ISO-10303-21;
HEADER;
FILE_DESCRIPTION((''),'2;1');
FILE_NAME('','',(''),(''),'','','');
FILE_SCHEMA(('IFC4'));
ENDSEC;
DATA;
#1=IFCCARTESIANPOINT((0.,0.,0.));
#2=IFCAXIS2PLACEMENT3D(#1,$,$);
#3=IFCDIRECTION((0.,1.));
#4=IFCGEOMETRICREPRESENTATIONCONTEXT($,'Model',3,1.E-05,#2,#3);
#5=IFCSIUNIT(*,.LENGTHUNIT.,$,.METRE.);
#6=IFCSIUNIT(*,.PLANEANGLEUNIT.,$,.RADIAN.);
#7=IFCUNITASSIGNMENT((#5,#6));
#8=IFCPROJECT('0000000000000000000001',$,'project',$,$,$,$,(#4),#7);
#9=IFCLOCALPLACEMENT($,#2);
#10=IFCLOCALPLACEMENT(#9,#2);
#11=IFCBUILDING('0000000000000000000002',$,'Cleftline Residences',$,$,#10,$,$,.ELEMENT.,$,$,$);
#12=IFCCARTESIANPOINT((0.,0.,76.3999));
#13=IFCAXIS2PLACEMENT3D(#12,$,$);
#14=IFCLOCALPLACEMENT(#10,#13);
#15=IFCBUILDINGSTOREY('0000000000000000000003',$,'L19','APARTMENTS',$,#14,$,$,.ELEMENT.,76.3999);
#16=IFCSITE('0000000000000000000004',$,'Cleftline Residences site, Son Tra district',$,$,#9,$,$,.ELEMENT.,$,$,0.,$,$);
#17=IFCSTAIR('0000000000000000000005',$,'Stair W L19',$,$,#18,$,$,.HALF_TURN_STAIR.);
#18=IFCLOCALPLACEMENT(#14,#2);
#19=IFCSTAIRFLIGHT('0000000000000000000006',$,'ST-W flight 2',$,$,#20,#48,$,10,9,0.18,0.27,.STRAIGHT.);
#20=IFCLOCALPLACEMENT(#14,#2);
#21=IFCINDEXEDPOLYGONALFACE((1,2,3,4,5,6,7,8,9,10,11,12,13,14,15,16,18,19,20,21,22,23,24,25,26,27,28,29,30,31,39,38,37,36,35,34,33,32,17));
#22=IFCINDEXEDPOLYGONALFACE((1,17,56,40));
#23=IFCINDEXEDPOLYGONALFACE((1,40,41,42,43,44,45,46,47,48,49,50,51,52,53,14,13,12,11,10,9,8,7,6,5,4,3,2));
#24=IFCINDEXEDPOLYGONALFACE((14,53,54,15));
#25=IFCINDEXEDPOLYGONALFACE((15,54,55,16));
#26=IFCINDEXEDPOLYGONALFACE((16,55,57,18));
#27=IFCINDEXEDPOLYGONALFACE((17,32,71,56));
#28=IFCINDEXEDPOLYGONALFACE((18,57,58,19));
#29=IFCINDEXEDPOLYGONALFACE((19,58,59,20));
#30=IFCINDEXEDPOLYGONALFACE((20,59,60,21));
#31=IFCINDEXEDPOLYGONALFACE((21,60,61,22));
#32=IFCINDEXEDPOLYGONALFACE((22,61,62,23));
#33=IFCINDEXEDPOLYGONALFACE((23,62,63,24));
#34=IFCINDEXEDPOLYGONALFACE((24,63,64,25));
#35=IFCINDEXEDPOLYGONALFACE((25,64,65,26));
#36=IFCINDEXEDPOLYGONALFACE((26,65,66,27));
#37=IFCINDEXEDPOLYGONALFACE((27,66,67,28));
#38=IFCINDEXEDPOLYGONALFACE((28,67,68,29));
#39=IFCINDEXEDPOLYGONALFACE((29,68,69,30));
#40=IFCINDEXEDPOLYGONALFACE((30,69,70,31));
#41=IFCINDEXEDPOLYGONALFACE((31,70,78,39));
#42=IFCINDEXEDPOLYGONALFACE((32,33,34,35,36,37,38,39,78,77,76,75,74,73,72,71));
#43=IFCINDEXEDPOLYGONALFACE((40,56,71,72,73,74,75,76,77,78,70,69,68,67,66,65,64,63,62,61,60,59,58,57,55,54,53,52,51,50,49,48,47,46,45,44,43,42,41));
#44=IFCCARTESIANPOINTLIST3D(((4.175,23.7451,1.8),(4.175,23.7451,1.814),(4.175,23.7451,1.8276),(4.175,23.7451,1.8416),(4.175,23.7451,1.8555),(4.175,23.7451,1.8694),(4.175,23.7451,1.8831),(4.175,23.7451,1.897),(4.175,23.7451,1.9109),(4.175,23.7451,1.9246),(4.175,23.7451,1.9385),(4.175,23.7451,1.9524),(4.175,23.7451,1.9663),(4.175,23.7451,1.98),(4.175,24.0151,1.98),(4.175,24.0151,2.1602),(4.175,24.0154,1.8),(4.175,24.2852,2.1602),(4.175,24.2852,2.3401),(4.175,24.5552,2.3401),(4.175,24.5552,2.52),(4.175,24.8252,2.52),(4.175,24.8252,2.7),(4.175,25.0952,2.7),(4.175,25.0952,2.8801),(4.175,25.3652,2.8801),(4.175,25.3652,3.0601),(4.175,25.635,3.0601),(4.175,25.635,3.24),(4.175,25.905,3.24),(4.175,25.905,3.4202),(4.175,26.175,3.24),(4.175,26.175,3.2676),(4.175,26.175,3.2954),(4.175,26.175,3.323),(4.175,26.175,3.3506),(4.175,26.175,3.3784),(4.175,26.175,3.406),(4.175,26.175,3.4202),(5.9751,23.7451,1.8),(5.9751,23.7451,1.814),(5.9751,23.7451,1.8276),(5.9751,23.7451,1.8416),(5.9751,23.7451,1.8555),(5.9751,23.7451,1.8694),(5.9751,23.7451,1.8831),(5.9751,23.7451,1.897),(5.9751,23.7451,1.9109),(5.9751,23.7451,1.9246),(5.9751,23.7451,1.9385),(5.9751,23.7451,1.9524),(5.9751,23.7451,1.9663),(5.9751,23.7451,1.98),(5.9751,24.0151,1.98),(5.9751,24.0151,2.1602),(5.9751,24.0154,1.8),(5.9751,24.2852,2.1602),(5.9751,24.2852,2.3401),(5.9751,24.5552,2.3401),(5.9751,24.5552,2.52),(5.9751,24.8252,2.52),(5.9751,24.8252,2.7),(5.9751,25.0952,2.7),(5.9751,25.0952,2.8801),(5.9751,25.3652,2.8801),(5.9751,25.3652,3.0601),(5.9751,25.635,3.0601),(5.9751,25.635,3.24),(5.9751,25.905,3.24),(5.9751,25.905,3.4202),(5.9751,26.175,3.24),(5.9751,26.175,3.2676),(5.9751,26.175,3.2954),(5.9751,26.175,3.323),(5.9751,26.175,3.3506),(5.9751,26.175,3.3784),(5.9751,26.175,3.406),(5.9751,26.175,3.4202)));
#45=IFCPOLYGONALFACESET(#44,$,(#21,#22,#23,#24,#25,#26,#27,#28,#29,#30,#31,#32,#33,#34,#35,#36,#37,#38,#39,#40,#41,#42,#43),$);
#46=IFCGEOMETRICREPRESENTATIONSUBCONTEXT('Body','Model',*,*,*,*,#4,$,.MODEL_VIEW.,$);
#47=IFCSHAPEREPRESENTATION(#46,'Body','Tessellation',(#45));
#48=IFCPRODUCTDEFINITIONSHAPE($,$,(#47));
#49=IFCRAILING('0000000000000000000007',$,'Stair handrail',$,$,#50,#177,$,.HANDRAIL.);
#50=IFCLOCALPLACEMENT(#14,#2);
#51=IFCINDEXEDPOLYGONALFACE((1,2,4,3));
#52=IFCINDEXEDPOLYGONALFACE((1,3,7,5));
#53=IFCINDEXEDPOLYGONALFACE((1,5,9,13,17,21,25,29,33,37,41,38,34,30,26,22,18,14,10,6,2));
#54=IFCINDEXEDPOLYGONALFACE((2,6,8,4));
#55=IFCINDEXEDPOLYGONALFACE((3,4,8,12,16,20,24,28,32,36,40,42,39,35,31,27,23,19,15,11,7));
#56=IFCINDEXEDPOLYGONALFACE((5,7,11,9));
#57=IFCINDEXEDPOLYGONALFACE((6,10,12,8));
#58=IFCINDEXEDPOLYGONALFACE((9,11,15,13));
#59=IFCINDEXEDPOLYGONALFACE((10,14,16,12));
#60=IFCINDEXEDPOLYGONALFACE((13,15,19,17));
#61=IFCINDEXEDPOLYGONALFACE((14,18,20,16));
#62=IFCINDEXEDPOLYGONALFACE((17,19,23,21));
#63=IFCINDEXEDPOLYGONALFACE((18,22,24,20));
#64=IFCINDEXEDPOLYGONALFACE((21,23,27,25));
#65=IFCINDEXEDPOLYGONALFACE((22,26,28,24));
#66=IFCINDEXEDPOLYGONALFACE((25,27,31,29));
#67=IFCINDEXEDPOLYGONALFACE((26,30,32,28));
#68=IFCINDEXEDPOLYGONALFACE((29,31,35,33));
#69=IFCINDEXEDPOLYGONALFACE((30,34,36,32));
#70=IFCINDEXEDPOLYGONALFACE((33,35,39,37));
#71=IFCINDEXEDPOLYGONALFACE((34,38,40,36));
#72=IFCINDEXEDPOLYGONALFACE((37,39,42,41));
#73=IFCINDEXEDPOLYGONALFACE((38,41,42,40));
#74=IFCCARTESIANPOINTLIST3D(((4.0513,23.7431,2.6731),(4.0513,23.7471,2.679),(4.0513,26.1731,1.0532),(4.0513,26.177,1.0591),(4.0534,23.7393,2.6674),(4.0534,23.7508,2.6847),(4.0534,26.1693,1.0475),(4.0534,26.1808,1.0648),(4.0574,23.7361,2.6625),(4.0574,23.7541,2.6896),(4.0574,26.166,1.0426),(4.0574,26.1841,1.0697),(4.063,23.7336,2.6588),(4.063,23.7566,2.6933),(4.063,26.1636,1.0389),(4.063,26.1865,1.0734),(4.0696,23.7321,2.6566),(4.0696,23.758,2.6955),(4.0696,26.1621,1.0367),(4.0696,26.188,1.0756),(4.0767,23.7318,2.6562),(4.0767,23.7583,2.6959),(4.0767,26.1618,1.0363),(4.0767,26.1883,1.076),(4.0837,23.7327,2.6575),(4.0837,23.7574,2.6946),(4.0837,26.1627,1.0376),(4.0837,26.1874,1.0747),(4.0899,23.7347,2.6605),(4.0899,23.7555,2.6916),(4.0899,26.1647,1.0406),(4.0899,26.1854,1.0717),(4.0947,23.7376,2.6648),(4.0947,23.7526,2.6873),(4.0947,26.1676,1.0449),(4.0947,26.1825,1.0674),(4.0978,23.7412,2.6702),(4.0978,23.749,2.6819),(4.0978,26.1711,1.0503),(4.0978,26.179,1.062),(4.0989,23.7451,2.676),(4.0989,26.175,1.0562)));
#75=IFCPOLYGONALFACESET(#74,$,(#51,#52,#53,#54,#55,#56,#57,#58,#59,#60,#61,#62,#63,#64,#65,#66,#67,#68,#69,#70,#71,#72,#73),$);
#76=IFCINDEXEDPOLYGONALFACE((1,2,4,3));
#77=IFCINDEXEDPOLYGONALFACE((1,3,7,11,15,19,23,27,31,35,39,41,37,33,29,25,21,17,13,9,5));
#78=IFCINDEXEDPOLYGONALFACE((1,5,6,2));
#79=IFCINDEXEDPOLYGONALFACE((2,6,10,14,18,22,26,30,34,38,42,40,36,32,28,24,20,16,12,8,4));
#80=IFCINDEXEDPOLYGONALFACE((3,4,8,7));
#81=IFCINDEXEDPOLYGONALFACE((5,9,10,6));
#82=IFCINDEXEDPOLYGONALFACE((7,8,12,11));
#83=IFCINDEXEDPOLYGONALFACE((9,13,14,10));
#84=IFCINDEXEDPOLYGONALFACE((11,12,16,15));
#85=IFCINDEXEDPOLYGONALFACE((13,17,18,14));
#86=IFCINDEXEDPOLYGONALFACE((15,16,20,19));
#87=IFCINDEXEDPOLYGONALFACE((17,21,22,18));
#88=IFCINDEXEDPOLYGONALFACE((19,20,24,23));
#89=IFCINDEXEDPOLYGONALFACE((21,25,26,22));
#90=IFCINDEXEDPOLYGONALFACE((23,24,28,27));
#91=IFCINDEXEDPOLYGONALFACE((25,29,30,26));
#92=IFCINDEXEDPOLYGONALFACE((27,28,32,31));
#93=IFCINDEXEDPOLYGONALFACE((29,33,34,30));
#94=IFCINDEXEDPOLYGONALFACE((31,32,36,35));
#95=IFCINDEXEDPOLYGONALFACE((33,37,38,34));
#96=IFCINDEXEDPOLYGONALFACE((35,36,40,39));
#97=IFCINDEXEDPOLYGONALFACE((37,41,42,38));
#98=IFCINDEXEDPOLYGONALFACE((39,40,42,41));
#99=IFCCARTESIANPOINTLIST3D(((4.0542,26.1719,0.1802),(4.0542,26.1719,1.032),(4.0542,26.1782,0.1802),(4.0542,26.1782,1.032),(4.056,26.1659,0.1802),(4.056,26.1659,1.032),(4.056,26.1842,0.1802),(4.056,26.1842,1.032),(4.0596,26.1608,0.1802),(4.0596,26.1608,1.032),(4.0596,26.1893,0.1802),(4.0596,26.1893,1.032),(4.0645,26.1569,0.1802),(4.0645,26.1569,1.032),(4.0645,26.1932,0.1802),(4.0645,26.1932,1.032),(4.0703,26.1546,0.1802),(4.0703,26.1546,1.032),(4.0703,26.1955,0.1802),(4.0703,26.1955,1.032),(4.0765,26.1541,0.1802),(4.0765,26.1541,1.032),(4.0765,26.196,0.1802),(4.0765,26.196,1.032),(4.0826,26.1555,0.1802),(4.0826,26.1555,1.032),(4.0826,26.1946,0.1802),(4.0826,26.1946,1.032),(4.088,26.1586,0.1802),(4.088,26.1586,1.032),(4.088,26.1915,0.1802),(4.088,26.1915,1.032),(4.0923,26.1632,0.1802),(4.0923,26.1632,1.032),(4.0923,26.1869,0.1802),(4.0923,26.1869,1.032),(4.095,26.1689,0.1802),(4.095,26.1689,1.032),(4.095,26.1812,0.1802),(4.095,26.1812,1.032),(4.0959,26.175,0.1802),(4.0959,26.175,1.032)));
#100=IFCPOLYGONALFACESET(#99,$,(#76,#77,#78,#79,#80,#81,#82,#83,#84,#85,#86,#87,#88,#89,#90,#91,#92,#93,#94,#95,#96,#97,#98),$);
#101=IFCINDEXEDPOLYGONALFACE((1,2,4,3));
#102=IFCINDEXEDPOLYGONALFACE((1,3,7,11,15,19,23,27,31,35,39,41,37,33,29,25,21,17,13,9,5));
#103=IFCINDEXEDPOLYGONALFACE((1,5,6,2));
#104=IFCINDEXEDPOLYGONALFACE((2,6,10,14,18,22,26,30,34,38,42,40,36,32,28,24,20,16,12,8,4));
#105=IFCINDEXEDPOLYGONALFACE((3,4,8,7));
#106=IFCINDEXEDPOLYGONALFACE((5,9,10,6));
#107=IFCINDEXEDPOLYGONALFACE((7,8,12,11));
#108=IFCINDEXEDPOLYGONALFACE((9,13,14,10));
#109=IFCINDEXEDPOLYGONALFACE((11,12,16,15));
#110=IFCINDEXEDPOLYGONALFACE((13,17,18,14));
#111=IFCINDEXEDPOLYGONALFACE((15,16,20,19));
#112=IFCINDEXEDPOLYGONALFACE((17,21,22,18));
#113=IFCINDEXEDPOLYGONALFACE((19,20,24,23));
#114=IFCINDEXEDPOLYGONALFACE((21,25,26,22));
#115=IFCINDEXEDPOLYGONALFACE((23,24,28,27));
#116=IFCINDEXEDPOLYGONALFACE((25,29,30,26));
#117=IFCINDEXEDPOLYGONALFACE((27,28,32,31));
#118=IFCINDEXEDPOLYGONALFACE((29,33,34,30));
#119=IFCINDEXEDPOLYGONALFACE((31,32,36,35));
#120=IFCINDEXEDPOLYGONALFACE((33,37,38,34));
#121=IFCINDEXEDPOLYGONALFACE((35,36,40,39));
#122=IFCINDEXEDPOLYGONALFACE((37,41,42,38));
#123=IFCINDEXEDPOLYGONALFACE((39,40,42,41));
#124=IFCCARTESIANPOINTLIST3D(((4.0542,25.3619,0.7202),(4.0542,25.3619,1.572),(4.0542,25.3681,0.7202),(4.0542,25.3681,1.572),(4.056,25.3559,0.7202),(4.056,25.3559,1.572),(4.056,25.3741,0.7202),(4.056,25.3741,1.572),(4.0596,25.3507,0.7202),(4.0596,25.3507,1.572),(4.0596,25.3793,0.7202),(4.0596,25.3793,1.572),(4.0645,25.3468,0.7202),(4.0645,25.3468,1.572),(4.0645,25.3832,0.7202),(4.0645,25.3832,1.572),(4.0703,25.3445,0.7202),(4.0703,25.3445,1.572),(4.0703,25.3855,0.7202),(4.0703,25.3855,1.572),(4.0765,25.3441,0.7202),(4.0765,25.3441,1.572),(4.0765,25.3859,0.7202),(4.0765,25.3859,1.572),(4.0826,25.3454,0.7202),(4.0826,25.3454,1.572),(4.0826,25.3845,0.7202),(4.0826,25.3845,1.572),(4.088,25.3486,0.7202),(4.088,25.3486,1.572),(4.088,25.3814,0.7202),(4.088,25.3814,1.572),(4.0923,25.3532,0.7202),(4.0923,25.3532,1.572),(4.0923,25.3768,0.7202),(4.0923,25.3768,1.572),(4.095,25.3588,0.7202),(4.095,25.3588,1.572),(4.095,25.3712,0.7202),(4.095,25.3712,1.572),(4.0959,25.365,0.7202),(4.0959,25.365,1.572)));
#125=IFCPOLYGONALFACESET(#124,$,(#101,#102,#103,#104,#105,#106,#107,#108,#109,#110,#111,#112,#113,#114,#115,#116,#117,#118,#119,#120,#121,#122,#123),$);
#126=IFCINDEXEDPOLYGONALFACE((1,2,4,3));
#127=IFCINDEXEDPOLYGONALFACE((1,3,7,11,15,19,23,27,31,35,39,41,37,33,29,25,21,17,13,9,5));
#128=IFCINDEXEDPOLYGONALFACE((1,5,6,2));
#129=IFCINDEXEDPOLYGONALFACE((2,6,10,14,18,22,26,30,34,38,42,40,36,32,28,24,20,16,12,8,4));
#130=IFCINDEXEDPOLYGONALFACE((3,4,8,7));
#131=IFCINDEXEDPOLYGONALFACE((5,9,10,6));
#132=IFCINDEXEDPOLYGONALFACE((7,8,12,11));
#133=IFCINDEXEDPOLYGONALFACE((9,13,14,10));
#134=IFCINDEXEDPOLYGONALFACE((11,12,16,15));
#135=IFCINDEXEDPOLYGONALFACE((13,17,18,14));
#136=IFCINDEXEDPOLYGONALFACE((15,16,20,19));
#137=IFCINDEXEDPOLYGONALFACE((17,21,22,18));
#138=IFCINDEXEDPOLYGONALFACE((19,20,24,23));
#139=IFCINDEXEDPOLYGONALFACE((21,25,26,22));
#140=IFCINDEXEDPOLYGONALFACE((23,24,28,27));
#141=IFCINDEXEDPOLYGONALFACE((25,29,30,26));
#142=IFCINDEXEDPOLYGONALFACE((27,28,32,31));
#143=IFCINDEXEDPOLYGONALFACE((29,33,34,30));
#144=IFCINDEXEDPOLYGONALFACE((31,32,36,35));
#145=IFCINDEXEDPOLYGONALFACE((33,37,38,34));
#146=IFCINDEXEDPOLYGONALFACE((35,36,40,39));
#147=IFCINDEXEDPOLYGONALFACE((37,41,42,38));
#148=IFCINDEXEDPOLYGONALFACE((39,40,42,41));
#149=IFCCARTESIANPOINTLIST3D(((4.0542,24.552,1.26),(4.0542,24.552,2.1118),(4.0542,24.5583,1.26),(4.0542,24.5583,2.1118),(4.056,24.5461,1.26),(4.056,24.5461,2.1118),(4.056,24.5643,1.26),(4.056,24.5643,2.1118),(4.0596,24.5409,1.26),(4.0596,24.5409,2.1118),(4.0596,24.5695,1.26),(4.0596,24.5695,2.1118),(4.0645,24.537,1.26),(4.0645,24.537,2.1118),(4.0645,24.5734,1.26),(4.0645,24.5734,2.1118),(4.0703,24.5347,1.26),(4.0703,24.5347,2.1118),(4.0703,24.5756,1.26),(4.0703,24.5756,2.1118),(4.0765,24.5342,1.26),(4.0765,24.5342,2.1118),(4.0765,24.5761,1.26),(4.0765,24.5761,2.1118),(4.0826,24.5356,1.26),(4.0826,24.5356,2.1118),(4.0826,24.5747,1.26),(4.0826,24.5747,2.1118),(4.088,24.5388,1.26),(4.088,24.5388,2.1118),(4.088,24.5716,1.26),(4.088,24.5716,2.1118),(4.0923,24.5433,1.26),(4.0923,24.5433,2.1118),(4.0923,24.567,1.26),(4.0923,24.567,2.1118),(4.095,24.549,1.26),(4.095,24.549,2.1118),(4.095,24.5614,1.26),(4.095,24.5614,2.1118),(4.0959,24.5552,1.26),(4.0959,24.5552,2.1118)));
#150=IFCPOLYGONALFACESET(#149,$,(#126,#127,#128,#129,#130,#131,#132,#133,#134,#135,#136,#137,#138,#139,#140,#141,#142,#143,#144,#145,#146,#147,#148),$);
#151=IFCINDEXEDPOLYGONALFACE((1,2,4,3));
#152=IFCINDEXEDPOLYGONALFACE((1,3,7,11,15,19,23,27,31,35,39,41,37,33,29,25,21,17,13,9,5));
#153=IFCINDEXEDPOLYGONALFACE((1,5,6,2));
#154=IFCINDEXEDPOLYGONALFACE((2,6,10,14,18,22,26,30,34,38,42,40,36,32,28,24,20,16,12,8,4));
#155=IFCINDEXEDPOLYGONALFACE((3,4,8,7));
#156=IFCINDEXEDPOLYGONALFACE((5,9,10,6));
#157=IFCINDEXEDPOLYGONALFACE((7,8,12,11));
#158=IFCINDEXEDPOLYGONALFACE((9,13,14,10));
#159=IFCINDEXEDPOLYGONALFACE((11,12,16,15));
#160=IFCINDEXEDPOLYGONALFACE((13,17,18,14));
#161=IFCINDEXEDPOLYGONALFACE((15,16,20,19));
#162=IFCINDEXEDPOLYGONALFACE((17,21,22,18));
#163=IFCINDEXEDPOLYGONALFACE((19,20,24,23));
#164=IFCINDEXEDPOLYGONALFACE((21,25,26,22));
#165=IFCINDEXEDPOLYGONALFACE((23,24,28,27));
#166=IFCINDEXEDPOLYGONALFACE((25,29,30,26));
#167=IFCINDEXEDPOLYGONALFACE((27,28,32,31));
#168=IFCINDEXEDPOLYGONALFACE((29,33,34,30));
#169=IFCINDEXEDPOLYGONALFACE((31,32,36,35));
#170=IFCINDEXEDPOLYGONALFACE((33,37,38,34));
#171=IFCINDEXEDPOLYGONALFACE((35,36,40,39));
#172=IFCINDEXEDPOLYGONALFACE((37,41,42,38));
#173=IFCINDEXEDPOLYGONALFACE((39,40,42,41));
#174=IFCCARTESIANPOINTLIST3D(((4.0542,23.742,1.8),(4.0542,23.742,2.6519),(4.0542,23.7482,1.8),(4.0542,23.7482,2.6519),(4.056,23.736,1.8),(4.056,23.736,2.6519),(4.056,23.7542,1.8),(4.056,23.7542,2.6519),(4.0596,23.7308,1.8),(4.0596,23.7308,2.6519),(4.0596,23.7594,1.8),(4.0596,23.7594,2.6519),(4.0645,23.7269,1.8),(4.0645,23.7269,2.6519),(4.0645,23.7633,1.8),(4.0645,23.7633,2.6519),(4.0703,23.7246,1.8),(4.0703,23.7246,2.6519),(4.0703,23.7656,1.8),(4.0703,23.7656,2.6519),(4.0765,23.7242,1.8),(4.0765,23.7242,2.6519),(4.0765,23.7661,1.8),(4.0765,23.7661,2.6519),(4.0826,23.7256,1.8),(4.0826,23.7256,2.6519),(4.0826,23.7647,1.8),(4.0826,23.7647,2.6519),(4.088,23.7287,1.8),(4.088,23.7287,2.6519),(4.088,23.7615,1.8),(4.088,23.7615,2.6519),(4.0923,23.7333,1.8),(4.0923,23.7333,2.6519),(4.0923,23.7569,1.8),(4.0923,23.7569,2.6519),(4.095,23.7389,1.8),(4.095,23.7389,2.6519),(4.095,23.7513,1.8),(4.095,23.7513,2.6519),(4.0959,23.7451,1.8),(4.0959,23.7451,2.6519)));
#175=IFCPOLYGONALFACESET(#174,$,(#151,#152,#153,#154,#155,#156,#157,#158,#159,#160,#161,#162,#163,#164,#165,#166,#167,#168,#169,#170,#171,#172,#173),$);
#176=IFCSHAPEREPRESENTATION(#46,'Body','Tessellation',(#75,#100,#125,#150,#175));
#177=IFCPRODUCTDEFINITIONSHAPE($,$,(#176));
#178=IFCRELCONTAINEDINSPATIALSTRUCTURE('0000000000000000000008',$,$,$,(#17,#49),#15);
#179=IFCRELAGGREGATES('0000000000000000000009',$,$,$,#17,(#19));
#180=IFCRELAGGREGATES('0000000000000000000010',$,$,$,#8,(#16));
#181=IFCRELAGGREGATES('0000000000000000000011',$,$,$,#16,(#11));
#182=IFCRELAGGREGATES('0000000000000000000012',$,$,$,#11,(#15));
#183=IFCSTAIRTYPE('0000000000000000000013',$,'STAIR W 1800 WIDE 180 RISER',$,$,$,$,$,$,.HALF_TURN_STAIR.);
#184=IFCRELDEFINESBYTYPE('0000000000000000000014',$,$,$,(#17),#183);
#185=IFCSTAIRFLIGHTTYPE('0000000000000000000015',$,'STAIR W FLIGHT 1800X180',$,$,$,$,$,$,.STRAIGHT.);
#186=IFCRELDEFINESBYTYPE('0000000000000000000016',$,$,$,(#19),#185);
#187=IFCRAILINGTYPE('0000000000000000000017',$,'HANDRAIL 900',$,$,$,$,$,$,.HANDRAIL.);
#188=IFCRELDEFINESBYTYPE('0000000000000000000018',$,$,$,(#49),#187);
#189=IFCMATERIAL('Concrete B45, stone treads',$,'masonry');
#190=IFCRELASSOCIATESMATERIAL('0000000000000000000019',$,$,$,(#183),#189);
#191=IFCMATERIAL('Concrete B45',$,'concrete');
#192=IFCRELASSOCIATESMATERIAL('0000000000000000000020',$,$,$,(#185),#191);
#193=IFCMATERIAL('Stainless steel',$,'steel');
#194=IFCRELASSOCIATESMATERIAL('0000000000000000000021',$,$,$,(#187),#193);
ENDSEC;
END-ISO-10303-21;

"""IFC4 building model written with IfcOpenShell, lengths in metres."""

from ifc_helpers import new_model, si_unit, direction, frame, origin, origin_2d, place, context, subcontext, project, spatial, polyline, circle, outline, extrude, material, type_object, element, aggregate, save


model = new_model("IFC4")

# Units and contexts
model_context = context("Model", 3, precision=1e-05, world=origin(), true_north=direction((0.0, 1.0)))
body_context = subcontext(model_context, "Body", "Model", "MODEL_VIEW")
ifc_project = project(units=[si_unit("LENGTHUNIT", "METRE"), si_unit("PLANEANGLEUNIT", "RADIAN")], contexts=[model_context])

# Site, building, storey
site_placement = place(None, origin())
site = spatial("IfcSite", under=ifc_project, at=site_placement, Name="Cleftline Residences site, Son Tra district", CompositionType="ELEMENT", RefElevation=0.0)
building_placement = place(site_placement, origin())
building = spatial("IfcBuilding", under=site, at=building_placement, Name="Cleftline Residences", CompositionType="ELEMENT")
storey_placement = place(building_placement, frame((0.0, 0.0, 76.3999)))
storey = spatial("IfcBuildingStorey", under=building, at=storey_placement, Name="L19", Description="APARTMENTS", CompositionType="ELEMENT", Elevation=76.3999)

# Stair, stair flight
ifc_material_1 = material(Name="Concrete B45, stone treads", Category="masonry")
stair_type = type_object("IfcStairType", Name="STAIR W 1800 WIDE 180 RISER", PredefinedType="HALF_TURN_STAIR", material=ifc_material_1)
stair_placement = place(storey_placement, origin())
stair = element("IfcStair", 1, at=stair_placement, inside=storey, type_object=stair_type, Name="Stair W L19", PredefinedType="HALF_TURN_STAIR")
ifc_material_2 = material(Name="Concrete B45", Category="concrete")
stair_flight_type = type_object("IfcStairFlightType", Name="STAIR W FLIGHT 1800X180", PredefinedType="STRAIGHT", material=ifc_material_2)
stair_flight_1_placement = place(storey_placement, frame((5.075, 23.7451, 1.8), z_axis=(0.0, 0.0, 1.0), x_axis=(0.0, 1.0, 0.0)))
stair_flight_1 = element("IfcStairFlight", 2, at=stair_flight_1_placement, type_object=stair_flight_type, Name="ST-W flight 2", NumberOfRisers=10, NumberOfTreads=9, PredefinedType="STRAIGHT", RiserHeight=0.18, TreadLength=0.27, context=body_context, shape_type="SweptSolid", body=[
    extrude(outline(polyline([(0.0, 0.0), (0.0, 0.0139), (0.0, 0.0276), (0.0, 0.0415), (0.0, 0.0554), (0.0, 0.0693), (0.0, 0.083), (0.0, 0.0969), (0.0, 0.1108), (0.0, 0.1245), (0.0, 0.1384), (0.0, 0.1523), (0.0, 0.1663), (0.0, 0.1799), (0.27, 0.1799), (0.27, 0.3601), (0.54, 0.3601), (0.54, 0.54), (0.8101, 0.54), (0.8101, 0.72), (1.0801, 0.72), (1.0801, 0.8999), (1.3501, 0.8999), (1.3501, 1.0801), (1.6201, 1.0801), (1.6201, 1.26), (1.8899, 1.26), (1.8899, 1.4399), (2.1599, 1.4399), (2.1599, 1.6201), (2.4299, 1.6201), (2.4299, 1.8), (2.4299, 1.7722), (2.4299, 1.7446), (2.4299, 1.7168), (2.4299, 1.6892), (2.4299, 1.6614), (2.4299, 1.6338), (2.4299, 1.606), (2.4299, 1.5784), (2.4299, 1.5505), (2.4299, 1.5229), (2.4299, 1.4954), (2.4299, 1.4675), (2.4299, 1.4399), (0.2703, 0.0), (0.0, 0.0)])), frame((0.0, 0.8999, 0.0), z_axis=(0.0, -1.0, 0.0), x_axis=(1.0, 0.0, 0.0)), (0.0, 0.0, 1.0), 1.8),
])
aggregate(stair, [stair_flight_1])

# Railing
ifc_material_3 = material(Name="Stainless steel", Category="steel")
railing_type = type_object("IfcRailingType", Name="HANDRAIL 900", PredefinedType="HANDRAIL", material=ifc_material_3)
railing_1_placement = place(storey_placement, frame((4.075, 26.175, 0.1802)))
element("IfcRailing", 3, at=railing_1_placement, inside=storey, type_object=railing_type, Name="Stair handrail", PredefinedType="HANDRAIL", context=body_context, shape_type="SweptSolid", body=[
    extrude(circle(Radius=0.0239, at=origin_2d()), frame((0.0, 0.0, 0.876), z_axis=(0.0, -0.832063, 0.554681), x_axis=(1.0, 0.0, 0.0)), (0.0, 0.0, 1.0), 2.9204),
    extrude(circle(Radius=0.021, at=origin_2d()), origin(), (0.0, 0.0, 1.0), 0.8518),
    extrude(circle(Radius=0.021, at=origin_2d()), frame((0.0, -0.8101, 0.54)), (0.0, 0.0, 1.0), 0.8518),
    extrude(circle(Radius=0.021, at=origin_2d()), frame((0.0, -1.6199, 1.0798)), (0.0, 0.0, 1.0), 0.8518),
    extrude(circle(Radius=0.021, at=origin_2d()), frame((0.0, -2.4299, 1.6199)), (0.0, 0.0, 1.0), 0.8518),
])

save(model, "model.ifc")
